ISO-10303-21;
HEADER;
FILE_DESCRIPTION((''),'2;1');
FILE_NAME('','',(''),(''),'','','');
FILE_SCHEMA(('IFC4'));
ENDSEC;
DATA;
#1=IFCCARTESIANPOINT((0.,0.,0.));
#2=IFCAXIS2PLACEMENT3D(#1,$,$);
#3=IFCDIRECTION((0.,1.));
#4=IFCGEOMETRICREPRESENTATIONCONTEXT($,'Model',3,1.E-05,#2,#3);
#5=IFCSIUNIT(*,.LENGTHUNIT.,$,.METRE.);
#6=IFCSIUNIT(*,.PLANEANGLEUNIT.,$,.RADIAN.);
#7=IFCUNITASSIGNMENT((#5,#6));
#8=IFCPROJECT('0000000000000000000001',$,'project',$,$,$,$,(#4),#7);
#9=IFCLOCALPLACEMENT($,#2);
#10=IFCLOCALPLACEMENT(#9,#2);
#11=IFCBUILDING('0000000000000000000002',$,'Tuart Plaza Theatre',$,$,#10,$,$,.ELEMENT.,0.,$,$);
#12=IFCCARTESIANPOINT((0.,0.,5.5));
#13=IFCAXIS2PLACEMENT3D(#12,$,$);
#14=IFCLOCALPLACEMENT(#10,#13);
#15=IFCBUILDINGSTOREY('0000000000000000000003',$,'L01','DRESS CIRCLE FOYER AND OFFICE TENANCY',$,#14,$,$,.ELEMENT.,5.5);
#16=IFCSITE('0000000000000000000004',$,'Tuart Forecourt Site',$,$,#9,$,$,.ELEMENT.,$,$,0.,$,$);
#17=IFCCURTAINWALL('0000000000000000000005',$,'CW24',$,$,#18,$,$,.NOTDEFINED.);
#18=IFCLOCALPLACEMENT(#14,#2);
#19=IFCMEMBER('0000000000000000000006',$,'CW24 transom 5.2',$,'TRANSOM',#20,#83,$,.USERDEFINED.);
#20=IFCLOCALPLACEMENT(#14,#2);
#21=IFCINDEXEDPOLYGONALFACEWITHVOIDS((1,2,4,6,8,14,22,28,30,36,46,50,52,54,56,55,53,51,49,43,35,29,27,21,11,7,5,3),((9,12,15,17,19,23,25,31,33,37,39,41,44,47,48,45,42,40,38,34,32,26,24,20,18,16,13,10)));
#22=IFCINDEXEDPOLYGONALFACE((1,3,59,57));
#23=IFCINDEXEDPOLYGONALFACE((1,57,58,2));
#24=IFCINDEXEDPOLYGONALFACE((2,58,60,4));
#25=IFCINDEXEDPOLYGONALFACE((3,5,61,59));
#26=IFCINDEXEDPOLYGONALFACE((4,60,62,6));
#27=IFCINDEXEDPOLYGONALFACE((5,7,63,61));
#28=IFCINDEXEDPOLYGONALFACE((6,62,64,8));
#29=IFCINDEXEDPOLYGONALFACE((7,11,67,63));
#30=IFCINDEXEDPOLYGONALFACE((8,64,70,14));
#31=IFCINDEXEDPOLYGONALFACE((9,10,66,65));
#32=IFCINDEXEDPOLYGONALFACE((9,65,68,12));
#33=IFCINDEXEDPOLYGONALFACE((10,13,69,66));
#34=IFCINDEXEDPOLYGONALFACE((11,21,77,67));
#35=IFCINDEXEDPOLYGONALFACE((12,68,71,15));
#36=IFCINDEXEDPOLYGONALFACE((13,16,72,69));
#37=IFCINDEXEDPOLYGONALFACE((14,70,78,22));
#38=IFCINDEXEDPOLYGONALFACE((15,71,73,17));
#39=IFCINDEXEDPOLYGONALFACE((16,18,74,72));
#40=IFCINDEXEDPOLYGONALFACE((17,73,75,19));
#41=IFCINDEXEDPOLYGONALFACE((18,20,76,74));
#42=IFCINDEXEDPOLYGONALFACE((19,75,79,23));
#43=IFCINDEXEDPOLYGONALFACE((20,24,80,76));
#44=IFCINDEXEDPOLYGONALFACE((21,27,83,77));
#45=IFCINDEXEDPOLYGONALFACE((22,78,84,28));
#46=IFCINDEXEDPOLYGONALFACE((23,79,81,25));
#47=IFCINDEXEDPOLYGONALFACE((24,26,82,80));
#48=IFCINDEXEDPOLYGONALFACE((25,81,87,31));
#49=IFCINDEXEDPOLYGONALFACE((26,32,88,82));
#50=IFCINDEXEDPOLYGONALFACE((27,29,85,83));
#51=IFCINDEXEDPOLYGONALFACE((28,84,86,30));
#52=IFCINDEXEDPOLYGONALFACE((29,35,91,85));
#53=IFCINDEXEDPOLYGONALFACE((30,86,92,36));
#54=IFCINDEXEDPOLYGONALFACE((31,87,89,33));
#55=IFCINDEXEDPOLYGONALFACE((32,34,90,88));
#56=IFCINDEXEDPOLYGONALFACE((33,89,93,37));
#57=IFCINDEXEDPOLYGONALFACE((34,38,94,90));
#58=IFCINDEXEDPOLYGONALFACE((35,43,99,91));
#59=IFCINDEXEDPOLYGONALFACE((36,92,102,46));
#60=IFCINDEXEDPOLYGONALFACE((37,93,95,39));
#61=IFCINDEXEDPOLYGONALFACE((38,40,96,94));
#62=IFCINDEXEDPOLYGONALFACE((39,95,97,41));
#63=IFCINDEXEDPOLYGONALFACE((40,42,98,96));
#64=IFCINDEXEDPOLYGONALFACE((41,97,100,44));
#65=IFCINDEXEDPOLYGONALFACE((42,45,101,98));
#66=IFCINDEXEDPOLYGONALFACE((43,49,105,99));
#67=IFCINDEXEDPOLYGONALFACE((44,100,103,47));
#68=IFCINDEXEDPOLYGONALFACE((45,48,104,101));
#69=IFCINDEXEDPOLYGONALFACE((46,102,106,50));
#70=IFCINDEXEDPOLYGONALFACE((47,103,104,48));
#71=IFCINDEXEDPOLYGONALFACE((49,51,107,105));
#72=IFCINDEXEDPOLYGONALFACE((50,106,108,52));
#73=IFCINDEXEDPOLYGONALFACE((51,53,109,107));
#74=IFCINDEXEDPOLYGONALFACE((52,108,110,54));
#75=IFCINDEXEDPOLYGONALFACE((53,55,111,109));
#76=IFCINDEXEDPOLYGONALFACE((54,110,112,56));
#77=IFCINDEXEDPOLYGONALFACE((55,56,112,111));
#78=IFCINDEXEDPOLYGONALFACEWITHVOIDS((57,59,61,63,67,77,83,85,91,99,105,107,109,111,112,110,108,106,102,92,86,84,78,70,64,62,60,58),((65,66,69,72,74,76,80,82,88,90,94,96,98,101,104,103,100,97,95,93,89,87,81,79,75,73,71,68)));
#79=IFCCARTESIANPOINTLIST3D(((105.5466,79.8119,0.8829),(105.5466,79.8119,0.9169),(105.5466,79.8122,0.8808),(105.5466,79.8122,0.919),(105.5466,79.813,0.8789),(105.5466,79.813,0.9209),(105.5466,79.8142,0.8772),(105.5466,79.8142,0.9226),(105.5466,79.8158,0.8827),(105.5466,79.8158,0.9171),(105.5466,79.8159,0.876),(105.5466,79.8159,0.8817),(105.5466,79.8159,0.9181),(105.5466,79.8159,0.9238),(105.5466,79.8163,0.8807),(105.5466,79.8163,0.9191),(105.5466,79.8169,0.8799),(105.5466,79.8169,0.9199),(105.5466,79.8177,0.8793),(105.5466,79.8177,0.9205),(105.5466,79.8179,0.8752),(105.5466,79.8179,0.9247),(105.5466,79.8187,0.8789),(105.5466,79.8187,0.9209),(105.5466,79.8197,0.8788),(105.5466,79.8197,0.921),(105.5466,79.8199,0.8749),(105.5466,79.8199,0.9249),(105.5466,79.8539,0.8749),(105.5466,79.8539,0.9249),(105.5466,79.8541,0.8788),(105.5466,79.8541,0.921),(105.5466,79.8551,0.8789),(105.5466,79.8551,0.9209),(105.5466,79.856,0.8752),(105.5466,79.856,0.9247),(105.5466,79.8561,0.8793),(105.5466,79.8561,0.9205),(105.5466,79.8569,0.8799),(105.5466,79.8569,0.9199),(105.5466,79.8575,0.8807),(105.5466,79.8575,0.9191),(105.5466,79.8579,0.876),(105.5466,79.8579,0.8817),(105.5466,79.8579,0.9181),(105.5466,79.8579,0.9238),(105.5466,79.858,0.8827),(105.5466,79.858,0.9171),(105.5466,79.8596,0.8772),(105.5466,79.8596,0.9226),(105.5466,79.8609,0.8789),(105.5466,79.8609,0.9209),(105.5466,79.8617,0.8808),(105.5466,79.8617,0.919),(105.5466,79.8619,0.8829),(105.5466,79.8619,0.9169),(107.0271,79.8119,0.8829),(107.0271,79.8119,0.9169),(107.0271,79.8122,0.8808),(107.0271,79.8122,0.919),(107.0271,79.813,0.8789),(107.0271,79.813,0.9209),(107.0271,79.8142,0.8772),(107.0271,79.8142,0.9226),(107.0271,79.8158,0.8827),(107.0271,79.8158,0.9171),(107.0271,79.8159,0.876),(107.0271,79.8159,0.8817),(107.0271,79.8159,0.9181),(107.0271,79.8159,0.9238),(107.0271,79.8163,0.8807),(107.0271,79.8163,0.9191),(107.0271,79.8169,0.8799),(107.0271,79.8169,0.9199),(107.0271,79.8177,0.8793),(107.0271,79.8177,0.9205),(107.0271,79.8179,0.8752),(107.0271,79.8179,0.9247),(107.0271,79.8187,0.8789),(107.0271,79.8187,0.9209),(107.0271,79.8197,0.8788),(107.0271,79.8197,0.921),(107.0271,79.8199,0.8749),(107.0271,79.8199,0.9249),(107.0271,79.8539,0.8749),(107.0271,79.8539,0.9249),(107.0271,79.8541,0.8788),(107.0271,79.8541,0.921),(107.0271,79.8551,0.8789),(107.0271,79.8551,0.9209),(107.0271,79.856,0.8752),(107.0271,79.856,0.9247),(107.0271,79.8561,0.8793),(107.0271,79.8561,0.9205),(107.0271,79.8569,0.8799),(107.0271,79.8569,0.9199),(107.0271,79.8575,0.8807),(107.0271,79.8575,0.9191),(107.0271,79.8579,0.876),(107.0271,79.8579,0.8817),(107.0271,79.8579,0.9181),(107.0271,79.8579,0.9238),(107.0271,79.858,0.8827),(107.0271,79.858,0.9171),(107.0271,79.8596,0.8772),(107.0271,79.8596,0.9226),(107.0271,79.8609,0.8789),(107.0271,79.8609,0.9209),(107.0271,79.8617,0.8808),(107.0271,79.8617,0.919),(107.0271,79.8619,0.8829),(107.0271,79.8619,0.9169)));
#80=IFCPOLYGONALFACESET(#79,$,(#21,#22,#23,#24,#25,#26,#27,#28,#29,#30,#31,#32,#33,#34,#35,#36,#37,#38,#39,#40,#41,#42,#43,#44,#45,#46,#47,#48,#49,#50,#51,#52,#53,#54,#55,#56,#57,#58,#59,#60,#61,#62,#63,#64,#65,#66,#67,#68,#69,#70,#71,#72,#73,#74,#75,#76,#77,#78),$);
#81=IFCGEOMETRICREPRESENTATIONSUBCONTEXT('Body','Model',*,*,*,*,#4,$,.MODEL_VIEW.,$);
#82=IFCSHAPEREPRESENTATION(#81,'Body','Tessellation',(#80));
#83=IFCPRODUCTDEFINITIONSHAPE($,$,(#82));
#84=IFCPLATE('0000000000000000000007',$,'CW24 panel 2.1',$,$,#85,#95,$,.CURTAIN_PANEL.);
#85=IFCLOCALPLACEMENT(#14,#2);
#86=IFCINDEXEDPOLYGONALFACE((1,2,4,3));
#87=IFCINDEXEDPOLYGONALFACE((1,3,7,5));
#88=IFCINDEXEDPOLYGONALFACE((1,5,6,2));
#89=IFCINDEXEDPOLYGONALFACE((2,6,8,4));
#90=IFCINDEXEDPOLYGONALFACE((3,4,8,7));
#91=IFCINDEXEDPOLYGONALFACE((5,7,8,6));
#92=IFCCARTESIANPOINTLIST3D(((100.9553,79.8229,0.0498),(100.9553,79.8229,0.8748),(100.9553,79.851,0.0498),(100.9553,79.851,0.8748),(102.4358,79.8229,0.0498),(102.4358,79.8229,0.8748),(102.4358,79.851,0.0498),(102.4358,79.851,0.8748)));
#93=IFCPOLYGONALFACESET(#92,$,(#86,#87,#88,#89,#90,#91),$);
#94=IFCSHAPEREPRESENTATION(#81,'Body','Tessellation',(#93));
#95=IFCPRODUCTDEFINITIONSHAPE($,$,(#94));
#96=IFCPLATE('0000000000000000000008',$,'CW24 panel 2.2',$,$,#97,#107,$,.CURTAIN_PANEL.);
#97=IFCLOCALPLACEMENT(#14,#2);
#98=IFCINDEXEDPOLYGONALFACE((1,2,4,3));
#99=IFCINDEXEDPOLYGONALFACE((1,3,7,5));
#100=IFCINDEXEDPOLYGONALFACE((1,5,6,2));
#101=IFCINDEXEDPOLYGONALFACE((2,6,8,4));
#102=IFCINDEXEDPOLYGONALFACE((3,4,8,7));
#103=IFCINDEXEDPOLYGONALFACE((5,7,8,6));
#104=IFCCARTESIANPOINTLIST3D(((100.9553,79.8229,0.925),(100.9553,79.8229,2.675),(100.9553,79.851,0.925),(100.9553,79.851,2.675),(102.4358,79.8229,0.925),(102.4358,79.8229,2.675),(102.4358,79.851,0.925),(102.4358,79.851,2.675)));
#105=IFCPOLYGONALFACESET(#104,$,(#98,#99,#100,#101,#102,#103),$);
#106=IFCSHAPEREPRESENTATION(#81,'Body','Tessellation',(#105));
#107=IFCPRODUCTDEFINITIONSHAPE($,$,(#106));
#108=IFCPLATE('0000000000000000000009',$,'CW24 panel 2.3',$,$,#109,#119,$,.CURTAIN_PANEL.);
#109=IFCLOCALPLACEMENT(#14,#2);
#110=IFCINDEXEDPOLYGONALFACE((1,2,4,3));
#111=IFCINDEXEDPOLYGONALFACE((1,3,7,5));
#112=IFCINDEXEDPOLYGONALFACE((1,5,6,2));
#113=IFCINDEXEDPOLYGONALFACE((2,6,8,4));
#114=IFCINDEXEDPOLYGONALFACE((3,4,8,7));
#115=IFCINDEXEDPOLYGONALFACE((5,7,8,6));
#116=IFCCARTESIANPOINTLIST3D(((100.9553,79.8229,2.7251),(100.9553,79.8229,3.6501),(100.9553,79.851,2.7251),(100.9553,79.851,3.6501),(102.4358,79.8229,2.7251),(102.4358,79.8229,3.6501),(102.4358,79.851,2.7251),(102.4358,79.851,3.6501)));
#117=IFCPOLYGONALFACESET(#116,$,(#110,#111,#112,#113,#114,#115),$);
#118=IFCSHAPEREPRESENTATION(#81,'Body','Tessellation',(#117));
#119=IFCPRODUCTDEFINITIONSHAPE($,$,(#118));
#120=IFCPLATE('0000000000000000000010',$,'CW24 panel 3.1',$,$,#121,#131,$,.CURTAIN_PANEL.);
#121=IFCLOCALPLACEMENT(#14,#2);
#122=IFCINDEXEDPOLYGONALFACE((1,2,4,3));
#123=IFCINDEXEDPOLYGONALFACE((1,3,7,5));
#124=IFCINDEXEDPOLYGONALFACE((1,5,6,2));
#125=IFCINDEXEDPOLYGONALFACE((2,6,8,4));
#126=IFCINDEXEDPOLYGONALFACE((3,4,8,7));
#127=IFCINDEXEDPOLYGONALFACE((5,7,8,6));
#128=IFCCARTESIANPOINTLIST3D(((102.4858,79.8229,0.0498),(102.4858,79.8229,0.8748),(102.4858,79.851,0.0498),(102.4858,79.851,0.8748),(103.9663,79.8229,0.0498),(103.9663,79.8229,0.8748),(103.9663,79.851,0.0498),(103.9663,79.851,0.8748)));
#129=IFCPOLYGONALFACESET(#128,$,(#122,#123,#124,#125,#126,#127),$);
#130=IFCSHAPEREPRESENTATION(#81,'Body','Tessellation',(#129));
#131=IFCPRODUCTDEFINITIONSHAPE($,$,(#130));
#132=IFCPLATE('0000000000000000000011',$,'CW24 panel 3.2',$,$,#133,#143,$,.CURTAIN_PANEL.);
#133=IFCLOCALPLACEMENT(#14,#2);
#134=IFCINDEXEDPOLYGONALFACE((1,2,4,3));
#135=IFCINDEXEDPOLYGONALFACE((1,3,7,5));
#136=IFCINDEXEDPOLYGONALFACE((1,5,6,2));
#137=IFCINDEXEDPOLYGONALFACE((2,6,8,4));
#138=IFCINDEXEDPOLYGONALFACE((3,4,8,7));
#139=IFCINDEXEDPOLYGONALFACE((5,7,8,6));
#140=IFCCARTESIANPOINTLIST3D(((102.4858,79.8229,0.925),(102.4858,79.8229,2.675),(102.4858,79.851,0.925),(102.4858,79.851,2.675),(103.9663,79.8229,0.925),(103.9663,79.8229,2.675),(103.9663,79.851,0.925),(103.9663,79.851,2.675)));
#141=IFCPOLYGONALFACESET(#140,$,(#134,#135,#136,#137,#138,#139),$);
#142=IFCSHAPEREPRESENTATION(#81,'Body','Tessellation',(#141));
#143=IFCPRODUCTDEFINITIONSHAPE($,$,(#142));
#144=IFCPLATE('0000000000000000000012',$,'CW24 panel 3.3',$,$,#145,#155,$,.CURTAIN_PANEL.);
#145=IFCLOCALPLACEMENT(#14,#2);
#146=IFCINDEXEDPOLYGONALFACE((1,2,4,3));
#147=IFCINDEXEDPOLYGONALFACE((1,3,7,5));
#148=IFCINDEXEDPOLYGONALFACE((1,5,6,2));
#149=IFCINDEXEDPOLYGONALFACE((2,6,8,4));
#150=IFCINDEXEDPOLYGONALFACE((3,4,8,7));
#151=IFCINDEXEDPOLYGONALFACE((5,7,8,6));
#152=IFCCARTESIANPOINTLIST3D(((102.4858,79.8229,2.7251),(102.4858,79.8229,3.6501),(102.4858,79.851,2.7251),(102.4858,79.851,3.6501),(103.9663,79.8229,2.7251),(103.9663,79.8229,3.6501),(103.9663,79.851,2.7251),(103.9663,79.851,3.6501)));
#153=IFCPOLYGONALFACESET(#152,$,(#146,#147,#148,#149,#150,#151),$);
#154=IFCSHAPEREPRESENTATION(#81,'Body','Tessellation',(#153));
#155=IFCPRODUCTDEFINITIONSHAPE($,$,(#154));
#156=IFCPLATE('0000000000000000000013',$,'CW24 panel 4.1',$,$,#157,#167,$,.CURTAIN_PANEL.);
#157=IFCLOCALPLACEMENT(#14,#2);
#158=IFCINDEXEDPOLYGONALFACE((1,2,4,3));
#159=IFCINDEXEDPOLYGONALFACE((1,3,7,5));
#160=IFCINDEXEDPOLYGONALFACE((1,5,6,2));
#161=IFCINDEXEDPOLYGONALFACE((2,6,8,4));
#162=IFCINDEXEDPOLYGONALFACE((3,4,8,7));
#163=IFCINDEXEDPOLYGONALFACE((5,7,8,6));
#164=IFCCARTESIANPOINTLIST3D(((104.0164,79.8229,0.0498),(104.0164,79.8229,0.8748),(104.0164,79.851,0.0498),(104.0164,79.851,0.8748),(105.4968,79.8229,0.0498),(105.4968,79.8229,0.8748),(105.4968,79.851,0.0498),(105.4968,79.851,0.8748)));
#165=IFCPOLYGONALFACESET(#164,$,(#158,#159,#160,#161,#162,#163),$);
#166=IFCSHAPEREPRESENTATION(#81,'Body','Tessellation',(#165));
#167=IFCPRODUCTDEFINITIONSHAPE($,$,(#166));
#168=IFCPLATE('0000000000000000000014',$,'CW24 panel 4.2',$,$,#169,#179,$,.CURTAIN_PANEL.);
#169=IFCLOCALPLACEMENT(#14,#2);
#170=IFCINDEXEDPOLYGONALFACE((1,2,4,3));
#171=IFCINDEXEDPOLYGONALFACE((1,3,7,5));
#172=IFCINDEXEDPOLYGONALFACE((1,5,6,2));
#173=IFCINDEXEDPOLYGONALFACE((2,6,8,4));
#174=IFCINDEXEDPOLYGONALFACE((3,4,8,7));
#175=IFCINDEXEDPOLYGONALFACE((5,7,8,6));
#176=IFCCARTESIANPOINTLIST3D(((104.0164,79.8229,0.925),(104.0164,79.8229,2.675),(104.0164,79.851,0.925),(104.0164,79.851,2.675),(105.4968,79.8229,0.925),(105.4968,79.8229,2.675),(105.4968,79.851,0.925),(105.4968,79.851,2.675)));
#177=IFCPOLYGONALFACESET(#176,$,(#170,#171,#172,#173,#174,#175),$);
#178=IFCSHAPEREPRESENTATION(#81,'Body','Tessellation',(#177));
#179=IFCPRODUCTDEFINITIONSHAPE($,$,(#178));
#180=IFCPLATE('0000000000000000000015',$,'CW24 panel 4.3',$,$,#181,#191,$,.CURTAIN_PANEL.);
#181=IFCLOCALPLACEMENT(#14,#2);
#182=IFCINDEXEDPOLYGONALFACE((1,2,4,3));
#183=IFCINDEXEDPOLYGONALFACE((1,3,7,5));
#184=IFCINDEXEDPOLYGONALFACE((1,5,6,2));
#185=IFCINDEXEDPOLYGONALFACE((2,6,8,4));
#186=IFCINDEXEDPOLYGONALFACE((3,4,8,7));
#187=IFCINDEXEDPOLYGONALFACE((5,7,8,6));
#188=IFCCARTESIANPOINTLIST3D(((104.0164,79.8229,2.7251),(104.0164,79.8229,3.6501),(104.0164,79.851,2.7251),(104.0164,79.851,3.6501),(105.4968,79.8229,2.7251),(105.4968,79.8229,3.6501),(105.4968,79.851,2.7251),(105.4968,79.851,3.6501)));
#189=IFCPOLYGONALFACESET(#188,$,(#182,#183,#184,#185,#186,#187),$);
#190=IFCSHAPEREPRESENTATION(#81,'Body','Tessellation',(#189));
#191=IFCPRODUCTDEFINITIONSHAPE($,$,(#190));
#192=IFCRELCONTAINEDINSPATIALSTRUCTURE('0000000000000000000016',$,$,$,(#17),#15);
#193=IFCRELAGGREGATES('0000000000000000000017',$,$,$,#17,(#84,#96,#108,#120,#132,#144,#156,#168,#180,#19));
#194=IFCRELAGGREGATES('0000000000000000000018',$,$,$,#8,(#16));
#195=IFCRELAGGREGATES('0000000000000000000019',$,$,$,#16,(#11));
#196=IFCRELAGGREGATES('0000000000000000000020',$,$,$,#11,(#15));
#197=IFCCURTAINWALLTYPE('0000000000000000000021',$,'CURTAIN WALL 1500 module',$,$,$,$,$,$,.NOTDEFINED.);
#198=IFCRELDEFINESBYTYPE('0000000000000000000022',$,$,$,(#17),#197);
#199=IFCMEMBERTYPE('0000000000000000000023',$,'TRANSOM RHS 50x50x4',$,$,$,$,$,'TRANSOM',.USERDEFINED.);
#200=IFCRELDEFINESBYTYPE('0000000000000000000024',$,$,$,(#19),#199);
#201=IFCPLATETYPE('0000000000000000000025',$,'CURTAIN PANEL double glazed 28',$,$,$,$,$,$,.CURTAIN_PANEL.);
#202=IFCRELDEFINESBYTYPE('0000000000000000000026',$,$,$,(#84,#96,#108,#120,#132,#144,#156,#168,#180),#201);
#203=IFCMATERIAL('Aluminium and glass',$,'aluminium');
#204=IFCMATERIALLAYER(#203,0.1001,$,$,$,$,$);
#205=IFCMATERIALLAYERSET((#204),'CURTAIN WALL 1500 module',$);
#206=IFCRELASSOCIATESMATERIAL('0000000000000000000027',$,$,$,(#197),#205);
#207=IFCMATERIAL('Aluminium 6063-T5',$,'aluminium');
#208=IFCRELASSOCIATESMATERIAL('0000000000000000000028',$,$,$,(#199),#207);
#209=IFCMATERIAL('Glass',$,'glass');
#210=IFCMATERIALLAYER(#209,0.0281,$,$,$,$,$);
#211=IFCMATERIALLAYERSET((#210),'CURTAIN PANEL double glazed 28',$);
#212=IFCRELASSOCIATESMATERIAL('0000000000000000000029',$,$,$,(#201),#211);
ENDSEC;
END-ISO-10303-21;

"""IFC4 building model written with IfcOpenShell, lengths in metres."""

from ifc_helpers import new_model, si_unit, direction, frame, origin, origin_2d, place, context, subcontext, project, spatial, rectangle, hollow_rectangle, extrude, material, layer, layer_set, material_profile, profile_set, type_object, element, aggregate, save


model = new_model("IFC4")

# Units and contexts
model_context = context("Model", 3, precision=1e-05, world=origin(), true_north=direction((0.0, 1.0)))
body_context = subcontext(model_context, "Body", "Model", "MODEL_VIEW")
ifc_project = project(units=[si_unit("LENGTHUNIT", "METRE"), si_unit("PLANEANGLEUNIT", "RADIAN")], contexts=[model_context])

# Site, building, storey
site_placement = place(None, origin())
site = spatial("IfcSite", under=ifc_project, at=site_placement, Name="Tuart Forecourt Site", CompositionType="ELEMENT", RefElevation=0.0)
building_placement = place(site_placement, origin())
building = spatial("IfcBuilding", under=site, at=building_placement, Name="Tuart Plaza Theatre", CompositionType="ELEMENT", ElevationOfRefHeight=0.0)
storey_placement = place(building_placement, frame((0.0, 0.0, 5.5)))
storey = spatial("IfcBuildingStorey", under=building, at=storey_placement, Name="L01", Description="DRESS CIRCLE FOYER AND OFFICE TENANCY", CompositionType="ELEMENT", Elevation=5.5)

# Curtain wall, member, plates
ifc_material_1 = material(Name="Aluminium and glass", Category="aluminium")
ifc_layer_1 = layer(ifc_material_1, 0.1001)
ifc_layer_set_1 = layer_set([ifc_layer_1], Name="CURTAIN WALL 1500 module")
curtain_wall_type = type_object("IfcCurtainWallType", Name="CURTAIN WALL 1500 module", PredefinedType="NOTDEFINED", material=ifc_layer_set_1)
curtain_wall_placement = place(storey_placement, origin())
curtain_wall = element("IfcCurtainWall", 1, at=curtain_wall_placement, inside=storey, type_object=curtain_wall_type, Name="CW24", PredefinedType="NOTDEFINED")
ifc_material_2 = material(Name="Aluminium 6063-T5", Category="aluminium")
ifc_material_profile_1 = material_profile(ifc_material_2, hollow_rectangle(XDim=0.05, YDim=0.05, WallThickness=0.0039, InnerFilletRadius=0.0039, OuterFilletRadius=0.0081, at=origin_2d()), Name="RHS 50x50x4")
ifc_profile_set_1 = profile_set([ifc_material_profile_1], Name="Aluminium 6063-T5")
member_type_1 = type_object("IfcMemberType", Name="TRANSOM RHS 50x50x4", ElementType="TRANSOM", PredefinedType="USERDEFINED", material=ifc_profile_set_1)
member_1_placement = place(storey_placement, frame((105.5466, 79.8369, 0.8999), z_axis=(1.0, 0.0, 0.0), x_axis=(0.0, 1.0, 0.0)))
member_1 = element("IfcMember", 2, at=member_1_placement, type_object=member_type_1, Name="CW24 transom 5.2", ObjectType="TRANSOM", PredefinedType="USERDEFINED", context=body_context, shape_type="SweptSolid", body=[
    extrude(hollow_rectangle(XDim=0.05, YDim=0.05, WallThickness=0.0039, InnerFilletRadius=0.0039, OuterFilletRadius=0.0081, at=origin_2d()), origin(), (0.0, 0.0, 1.0), 1.4805),
])
ifc_material_3 = material(Name="Glass", Category="glass")
ifc_layer_2 = layer(ifc_material_3, 0.0281)
ifc_layer_set_2 = layer_set([ifc_layer_2], Name="CURTAIN PANEL double glazed 28")
plate_type = type_object("IfcPlateType", Name="CURTAIN PANEL double glazed 28", PredefinedType="CURTAIN_PANEL", material=ifc_layer_set_2)
plate_1_placement = place(storey_placement, frame((101.6956, 79.8369, 0.0498), z_axis=(0.0, 0.0, 1.0), x_axis=(1.0, 0.0, 0.0)))
plate_1 = element("IfcPlate", 3, at=plate_1_placement, type_object=plate_type, Name="CW24 panel 2.1", PredefinedType="CURTAIN_PANEL", context=body_context, shape_type="SweptSolid", body=[
    extrude(rectangle(XDim=1.4805, YDim=0.0281, at=origin_2d()), origin(), (0.0, 0.0, 1.0), 0.825),
])
plate_2_placement = place(storey_placement, frame((101.6956, 79.8369, 0.925), z_axis=(0.0, 0.0, 1.0), x_axis=(1.0, 0.0, 0.0)))
plate_2 = element("IfcPlate", 4, at=plate_2_placement, type_object=plate_type, Name="CW24 panel 2.2", PredefinedType="CURTAIN_PANEL", context=body_context, shape_type="SweptSolid", body=[
    extrude(rectangle(XDim=1.4805, YDim=0.0281, at=origin_2d()), origin(), (0.0, 0.0, 1.0), 1.75),
])
plate_3_placement = place(storey_placement, frame((101.6956, 79.8369, 2.7251), z_axis=(0.0, 0.0, 1.0), x_axis=(1.0, 0.0, 0.0)))
plate_3 = element("IfcPlate", 5, at=plate_3_placement, type_object=plate_type, Name="CW24 panel 2.3", PredefinedType="CURTAIN_PANEL", context=body_context, shape_type="SweptSolid", body=[
    extrude(rectangle(XDim=1.4805, YDim=0.0281, at=origin_2d()), origin(), (0.0, 0.0, 1.0), 0.925),
])
plate_4_placement = place(storey_placement, frame((103.2261, 79.8369, 0.0498), z_axis=(0.0, 0.0, 1.0), x_axis=(1.0, 0.0, 0.0)))
plate_4 = element("IfcPlate", 6, at=plate_4_placement, type_object=plate_type, Name="CW24 panel 3.1", PredefinedType="CURTAIN_PANEL", context=body_context, shape_type="SweptSolid", body=[
    extrude(rectangle(XDim=1.4805, YDim=0.0281, at=origin_2d()), origin(), (0.0, 0.0, 1.0), 0.825),
])
plate_5_placement = place(storey_placement, frame((103.2261, 79.8369, 0.925), z_axis=(0.0, 0.0, 1.0), x_axis=(1.0, 0.0, 0.0)))
plate_5 = element("IfcPlate", 7, at=plate_5_placement, type_object=plate_type, Name="CW24 panel 3.2", PredefinedType="CURTAIN_PANEL", context=body_context, shape_type="SweptSolid", body=[
    extrude(rectangle(XDim=1.4805, YDim=0.0281, at=origin_2d()), origin(), (0.0, 0.0, 1.0), 1.75),
])
plate_6_placement = place(storey_placement, frame((103.2261, 79.8369, 2.7251), z_axis=(0.0, 0.0, 1.0), x_axis=(1.0, 0.0, 0.0)))
plate_6 = element("IfcPlate", 8, at=plate_6_placement, type_object=plate_type, Name="CW24 panel 3.3", PredefinedType="CURTAIN_PANEL", context=body_context, shape_type="SweptSolid", body=[
    extrude(rectangle(XDim=1.4805, YDim=0.0281, at=origin_2d()), origin(), (0.0, 0.0, 1.0), 0.925),
])
plate_7_placement = place(storey_placement, frame((104.7566, 79.8369, 0.0498), z_axis=(0.0, 0.0, 1.0), x_axis=(1.0, 0.0, 0.0)))
plate_7 = element("IfcPlate", 9, at=plate_7_placement, type_object=plate_type, Name="CW24 panel 4.1", PredefinedType="CURTAIN_PANEL", context=body_context, shape_type="SweptSolid", body=[
    extrude(rectangle(XDim=1.4805, YDim=0.0281, at=origin_2d()), origin(), (0.0, 0.0, 1.0), 0.825),
])
plate_8_placement = place(storey_placement, frame((104.7566, 79.8369, 0.925), z_axis=(0.0, 0.0, 1.0), x_axis=(1.0, 0.0, 0.0)))
plate_8 = element("IfcPlate", 10, at=plate_8_placement, type_object=plate_type, Name="CW24 panel 4.2", PredefinedType="CURTAIN_PANEL", context=body_context, shape_type="SweptSolid", body=[
    extrude(rectangle(XDim=1.4805, YDim=0.0281, at=origin_2d()), origin(), (0.0, 0.0, 1.0), 1.75),
])
plate_9_placement = place(storey_placement, frame((104.7566, 79.8369, 2.7251), z_axis=(0.0, 0.0, 1.0), x_axis=(1.0, 0.0, 0.0)))
plate_9 = element("IfcPlate", 11, at=plate_9_placement, type_object=plate_type, Name="CW24 panel 4.3", PredefinedType="CURTAIN_PANEL", context=body_context, shape_type="SweptSolid", body=[
    extrude(rectangle(XDim=1.4805, YDim=0.0281, at=origin_2d()), origin(), (0.0, 0.0, 1.0), 0.925),
])
aggregate(curtain_wall, [plate_1, plate_2, plate_3, plate_4, plate_5, plate_6, plate_7, plate_8, plate_9, member_1])

save(model, "model.ifc")
